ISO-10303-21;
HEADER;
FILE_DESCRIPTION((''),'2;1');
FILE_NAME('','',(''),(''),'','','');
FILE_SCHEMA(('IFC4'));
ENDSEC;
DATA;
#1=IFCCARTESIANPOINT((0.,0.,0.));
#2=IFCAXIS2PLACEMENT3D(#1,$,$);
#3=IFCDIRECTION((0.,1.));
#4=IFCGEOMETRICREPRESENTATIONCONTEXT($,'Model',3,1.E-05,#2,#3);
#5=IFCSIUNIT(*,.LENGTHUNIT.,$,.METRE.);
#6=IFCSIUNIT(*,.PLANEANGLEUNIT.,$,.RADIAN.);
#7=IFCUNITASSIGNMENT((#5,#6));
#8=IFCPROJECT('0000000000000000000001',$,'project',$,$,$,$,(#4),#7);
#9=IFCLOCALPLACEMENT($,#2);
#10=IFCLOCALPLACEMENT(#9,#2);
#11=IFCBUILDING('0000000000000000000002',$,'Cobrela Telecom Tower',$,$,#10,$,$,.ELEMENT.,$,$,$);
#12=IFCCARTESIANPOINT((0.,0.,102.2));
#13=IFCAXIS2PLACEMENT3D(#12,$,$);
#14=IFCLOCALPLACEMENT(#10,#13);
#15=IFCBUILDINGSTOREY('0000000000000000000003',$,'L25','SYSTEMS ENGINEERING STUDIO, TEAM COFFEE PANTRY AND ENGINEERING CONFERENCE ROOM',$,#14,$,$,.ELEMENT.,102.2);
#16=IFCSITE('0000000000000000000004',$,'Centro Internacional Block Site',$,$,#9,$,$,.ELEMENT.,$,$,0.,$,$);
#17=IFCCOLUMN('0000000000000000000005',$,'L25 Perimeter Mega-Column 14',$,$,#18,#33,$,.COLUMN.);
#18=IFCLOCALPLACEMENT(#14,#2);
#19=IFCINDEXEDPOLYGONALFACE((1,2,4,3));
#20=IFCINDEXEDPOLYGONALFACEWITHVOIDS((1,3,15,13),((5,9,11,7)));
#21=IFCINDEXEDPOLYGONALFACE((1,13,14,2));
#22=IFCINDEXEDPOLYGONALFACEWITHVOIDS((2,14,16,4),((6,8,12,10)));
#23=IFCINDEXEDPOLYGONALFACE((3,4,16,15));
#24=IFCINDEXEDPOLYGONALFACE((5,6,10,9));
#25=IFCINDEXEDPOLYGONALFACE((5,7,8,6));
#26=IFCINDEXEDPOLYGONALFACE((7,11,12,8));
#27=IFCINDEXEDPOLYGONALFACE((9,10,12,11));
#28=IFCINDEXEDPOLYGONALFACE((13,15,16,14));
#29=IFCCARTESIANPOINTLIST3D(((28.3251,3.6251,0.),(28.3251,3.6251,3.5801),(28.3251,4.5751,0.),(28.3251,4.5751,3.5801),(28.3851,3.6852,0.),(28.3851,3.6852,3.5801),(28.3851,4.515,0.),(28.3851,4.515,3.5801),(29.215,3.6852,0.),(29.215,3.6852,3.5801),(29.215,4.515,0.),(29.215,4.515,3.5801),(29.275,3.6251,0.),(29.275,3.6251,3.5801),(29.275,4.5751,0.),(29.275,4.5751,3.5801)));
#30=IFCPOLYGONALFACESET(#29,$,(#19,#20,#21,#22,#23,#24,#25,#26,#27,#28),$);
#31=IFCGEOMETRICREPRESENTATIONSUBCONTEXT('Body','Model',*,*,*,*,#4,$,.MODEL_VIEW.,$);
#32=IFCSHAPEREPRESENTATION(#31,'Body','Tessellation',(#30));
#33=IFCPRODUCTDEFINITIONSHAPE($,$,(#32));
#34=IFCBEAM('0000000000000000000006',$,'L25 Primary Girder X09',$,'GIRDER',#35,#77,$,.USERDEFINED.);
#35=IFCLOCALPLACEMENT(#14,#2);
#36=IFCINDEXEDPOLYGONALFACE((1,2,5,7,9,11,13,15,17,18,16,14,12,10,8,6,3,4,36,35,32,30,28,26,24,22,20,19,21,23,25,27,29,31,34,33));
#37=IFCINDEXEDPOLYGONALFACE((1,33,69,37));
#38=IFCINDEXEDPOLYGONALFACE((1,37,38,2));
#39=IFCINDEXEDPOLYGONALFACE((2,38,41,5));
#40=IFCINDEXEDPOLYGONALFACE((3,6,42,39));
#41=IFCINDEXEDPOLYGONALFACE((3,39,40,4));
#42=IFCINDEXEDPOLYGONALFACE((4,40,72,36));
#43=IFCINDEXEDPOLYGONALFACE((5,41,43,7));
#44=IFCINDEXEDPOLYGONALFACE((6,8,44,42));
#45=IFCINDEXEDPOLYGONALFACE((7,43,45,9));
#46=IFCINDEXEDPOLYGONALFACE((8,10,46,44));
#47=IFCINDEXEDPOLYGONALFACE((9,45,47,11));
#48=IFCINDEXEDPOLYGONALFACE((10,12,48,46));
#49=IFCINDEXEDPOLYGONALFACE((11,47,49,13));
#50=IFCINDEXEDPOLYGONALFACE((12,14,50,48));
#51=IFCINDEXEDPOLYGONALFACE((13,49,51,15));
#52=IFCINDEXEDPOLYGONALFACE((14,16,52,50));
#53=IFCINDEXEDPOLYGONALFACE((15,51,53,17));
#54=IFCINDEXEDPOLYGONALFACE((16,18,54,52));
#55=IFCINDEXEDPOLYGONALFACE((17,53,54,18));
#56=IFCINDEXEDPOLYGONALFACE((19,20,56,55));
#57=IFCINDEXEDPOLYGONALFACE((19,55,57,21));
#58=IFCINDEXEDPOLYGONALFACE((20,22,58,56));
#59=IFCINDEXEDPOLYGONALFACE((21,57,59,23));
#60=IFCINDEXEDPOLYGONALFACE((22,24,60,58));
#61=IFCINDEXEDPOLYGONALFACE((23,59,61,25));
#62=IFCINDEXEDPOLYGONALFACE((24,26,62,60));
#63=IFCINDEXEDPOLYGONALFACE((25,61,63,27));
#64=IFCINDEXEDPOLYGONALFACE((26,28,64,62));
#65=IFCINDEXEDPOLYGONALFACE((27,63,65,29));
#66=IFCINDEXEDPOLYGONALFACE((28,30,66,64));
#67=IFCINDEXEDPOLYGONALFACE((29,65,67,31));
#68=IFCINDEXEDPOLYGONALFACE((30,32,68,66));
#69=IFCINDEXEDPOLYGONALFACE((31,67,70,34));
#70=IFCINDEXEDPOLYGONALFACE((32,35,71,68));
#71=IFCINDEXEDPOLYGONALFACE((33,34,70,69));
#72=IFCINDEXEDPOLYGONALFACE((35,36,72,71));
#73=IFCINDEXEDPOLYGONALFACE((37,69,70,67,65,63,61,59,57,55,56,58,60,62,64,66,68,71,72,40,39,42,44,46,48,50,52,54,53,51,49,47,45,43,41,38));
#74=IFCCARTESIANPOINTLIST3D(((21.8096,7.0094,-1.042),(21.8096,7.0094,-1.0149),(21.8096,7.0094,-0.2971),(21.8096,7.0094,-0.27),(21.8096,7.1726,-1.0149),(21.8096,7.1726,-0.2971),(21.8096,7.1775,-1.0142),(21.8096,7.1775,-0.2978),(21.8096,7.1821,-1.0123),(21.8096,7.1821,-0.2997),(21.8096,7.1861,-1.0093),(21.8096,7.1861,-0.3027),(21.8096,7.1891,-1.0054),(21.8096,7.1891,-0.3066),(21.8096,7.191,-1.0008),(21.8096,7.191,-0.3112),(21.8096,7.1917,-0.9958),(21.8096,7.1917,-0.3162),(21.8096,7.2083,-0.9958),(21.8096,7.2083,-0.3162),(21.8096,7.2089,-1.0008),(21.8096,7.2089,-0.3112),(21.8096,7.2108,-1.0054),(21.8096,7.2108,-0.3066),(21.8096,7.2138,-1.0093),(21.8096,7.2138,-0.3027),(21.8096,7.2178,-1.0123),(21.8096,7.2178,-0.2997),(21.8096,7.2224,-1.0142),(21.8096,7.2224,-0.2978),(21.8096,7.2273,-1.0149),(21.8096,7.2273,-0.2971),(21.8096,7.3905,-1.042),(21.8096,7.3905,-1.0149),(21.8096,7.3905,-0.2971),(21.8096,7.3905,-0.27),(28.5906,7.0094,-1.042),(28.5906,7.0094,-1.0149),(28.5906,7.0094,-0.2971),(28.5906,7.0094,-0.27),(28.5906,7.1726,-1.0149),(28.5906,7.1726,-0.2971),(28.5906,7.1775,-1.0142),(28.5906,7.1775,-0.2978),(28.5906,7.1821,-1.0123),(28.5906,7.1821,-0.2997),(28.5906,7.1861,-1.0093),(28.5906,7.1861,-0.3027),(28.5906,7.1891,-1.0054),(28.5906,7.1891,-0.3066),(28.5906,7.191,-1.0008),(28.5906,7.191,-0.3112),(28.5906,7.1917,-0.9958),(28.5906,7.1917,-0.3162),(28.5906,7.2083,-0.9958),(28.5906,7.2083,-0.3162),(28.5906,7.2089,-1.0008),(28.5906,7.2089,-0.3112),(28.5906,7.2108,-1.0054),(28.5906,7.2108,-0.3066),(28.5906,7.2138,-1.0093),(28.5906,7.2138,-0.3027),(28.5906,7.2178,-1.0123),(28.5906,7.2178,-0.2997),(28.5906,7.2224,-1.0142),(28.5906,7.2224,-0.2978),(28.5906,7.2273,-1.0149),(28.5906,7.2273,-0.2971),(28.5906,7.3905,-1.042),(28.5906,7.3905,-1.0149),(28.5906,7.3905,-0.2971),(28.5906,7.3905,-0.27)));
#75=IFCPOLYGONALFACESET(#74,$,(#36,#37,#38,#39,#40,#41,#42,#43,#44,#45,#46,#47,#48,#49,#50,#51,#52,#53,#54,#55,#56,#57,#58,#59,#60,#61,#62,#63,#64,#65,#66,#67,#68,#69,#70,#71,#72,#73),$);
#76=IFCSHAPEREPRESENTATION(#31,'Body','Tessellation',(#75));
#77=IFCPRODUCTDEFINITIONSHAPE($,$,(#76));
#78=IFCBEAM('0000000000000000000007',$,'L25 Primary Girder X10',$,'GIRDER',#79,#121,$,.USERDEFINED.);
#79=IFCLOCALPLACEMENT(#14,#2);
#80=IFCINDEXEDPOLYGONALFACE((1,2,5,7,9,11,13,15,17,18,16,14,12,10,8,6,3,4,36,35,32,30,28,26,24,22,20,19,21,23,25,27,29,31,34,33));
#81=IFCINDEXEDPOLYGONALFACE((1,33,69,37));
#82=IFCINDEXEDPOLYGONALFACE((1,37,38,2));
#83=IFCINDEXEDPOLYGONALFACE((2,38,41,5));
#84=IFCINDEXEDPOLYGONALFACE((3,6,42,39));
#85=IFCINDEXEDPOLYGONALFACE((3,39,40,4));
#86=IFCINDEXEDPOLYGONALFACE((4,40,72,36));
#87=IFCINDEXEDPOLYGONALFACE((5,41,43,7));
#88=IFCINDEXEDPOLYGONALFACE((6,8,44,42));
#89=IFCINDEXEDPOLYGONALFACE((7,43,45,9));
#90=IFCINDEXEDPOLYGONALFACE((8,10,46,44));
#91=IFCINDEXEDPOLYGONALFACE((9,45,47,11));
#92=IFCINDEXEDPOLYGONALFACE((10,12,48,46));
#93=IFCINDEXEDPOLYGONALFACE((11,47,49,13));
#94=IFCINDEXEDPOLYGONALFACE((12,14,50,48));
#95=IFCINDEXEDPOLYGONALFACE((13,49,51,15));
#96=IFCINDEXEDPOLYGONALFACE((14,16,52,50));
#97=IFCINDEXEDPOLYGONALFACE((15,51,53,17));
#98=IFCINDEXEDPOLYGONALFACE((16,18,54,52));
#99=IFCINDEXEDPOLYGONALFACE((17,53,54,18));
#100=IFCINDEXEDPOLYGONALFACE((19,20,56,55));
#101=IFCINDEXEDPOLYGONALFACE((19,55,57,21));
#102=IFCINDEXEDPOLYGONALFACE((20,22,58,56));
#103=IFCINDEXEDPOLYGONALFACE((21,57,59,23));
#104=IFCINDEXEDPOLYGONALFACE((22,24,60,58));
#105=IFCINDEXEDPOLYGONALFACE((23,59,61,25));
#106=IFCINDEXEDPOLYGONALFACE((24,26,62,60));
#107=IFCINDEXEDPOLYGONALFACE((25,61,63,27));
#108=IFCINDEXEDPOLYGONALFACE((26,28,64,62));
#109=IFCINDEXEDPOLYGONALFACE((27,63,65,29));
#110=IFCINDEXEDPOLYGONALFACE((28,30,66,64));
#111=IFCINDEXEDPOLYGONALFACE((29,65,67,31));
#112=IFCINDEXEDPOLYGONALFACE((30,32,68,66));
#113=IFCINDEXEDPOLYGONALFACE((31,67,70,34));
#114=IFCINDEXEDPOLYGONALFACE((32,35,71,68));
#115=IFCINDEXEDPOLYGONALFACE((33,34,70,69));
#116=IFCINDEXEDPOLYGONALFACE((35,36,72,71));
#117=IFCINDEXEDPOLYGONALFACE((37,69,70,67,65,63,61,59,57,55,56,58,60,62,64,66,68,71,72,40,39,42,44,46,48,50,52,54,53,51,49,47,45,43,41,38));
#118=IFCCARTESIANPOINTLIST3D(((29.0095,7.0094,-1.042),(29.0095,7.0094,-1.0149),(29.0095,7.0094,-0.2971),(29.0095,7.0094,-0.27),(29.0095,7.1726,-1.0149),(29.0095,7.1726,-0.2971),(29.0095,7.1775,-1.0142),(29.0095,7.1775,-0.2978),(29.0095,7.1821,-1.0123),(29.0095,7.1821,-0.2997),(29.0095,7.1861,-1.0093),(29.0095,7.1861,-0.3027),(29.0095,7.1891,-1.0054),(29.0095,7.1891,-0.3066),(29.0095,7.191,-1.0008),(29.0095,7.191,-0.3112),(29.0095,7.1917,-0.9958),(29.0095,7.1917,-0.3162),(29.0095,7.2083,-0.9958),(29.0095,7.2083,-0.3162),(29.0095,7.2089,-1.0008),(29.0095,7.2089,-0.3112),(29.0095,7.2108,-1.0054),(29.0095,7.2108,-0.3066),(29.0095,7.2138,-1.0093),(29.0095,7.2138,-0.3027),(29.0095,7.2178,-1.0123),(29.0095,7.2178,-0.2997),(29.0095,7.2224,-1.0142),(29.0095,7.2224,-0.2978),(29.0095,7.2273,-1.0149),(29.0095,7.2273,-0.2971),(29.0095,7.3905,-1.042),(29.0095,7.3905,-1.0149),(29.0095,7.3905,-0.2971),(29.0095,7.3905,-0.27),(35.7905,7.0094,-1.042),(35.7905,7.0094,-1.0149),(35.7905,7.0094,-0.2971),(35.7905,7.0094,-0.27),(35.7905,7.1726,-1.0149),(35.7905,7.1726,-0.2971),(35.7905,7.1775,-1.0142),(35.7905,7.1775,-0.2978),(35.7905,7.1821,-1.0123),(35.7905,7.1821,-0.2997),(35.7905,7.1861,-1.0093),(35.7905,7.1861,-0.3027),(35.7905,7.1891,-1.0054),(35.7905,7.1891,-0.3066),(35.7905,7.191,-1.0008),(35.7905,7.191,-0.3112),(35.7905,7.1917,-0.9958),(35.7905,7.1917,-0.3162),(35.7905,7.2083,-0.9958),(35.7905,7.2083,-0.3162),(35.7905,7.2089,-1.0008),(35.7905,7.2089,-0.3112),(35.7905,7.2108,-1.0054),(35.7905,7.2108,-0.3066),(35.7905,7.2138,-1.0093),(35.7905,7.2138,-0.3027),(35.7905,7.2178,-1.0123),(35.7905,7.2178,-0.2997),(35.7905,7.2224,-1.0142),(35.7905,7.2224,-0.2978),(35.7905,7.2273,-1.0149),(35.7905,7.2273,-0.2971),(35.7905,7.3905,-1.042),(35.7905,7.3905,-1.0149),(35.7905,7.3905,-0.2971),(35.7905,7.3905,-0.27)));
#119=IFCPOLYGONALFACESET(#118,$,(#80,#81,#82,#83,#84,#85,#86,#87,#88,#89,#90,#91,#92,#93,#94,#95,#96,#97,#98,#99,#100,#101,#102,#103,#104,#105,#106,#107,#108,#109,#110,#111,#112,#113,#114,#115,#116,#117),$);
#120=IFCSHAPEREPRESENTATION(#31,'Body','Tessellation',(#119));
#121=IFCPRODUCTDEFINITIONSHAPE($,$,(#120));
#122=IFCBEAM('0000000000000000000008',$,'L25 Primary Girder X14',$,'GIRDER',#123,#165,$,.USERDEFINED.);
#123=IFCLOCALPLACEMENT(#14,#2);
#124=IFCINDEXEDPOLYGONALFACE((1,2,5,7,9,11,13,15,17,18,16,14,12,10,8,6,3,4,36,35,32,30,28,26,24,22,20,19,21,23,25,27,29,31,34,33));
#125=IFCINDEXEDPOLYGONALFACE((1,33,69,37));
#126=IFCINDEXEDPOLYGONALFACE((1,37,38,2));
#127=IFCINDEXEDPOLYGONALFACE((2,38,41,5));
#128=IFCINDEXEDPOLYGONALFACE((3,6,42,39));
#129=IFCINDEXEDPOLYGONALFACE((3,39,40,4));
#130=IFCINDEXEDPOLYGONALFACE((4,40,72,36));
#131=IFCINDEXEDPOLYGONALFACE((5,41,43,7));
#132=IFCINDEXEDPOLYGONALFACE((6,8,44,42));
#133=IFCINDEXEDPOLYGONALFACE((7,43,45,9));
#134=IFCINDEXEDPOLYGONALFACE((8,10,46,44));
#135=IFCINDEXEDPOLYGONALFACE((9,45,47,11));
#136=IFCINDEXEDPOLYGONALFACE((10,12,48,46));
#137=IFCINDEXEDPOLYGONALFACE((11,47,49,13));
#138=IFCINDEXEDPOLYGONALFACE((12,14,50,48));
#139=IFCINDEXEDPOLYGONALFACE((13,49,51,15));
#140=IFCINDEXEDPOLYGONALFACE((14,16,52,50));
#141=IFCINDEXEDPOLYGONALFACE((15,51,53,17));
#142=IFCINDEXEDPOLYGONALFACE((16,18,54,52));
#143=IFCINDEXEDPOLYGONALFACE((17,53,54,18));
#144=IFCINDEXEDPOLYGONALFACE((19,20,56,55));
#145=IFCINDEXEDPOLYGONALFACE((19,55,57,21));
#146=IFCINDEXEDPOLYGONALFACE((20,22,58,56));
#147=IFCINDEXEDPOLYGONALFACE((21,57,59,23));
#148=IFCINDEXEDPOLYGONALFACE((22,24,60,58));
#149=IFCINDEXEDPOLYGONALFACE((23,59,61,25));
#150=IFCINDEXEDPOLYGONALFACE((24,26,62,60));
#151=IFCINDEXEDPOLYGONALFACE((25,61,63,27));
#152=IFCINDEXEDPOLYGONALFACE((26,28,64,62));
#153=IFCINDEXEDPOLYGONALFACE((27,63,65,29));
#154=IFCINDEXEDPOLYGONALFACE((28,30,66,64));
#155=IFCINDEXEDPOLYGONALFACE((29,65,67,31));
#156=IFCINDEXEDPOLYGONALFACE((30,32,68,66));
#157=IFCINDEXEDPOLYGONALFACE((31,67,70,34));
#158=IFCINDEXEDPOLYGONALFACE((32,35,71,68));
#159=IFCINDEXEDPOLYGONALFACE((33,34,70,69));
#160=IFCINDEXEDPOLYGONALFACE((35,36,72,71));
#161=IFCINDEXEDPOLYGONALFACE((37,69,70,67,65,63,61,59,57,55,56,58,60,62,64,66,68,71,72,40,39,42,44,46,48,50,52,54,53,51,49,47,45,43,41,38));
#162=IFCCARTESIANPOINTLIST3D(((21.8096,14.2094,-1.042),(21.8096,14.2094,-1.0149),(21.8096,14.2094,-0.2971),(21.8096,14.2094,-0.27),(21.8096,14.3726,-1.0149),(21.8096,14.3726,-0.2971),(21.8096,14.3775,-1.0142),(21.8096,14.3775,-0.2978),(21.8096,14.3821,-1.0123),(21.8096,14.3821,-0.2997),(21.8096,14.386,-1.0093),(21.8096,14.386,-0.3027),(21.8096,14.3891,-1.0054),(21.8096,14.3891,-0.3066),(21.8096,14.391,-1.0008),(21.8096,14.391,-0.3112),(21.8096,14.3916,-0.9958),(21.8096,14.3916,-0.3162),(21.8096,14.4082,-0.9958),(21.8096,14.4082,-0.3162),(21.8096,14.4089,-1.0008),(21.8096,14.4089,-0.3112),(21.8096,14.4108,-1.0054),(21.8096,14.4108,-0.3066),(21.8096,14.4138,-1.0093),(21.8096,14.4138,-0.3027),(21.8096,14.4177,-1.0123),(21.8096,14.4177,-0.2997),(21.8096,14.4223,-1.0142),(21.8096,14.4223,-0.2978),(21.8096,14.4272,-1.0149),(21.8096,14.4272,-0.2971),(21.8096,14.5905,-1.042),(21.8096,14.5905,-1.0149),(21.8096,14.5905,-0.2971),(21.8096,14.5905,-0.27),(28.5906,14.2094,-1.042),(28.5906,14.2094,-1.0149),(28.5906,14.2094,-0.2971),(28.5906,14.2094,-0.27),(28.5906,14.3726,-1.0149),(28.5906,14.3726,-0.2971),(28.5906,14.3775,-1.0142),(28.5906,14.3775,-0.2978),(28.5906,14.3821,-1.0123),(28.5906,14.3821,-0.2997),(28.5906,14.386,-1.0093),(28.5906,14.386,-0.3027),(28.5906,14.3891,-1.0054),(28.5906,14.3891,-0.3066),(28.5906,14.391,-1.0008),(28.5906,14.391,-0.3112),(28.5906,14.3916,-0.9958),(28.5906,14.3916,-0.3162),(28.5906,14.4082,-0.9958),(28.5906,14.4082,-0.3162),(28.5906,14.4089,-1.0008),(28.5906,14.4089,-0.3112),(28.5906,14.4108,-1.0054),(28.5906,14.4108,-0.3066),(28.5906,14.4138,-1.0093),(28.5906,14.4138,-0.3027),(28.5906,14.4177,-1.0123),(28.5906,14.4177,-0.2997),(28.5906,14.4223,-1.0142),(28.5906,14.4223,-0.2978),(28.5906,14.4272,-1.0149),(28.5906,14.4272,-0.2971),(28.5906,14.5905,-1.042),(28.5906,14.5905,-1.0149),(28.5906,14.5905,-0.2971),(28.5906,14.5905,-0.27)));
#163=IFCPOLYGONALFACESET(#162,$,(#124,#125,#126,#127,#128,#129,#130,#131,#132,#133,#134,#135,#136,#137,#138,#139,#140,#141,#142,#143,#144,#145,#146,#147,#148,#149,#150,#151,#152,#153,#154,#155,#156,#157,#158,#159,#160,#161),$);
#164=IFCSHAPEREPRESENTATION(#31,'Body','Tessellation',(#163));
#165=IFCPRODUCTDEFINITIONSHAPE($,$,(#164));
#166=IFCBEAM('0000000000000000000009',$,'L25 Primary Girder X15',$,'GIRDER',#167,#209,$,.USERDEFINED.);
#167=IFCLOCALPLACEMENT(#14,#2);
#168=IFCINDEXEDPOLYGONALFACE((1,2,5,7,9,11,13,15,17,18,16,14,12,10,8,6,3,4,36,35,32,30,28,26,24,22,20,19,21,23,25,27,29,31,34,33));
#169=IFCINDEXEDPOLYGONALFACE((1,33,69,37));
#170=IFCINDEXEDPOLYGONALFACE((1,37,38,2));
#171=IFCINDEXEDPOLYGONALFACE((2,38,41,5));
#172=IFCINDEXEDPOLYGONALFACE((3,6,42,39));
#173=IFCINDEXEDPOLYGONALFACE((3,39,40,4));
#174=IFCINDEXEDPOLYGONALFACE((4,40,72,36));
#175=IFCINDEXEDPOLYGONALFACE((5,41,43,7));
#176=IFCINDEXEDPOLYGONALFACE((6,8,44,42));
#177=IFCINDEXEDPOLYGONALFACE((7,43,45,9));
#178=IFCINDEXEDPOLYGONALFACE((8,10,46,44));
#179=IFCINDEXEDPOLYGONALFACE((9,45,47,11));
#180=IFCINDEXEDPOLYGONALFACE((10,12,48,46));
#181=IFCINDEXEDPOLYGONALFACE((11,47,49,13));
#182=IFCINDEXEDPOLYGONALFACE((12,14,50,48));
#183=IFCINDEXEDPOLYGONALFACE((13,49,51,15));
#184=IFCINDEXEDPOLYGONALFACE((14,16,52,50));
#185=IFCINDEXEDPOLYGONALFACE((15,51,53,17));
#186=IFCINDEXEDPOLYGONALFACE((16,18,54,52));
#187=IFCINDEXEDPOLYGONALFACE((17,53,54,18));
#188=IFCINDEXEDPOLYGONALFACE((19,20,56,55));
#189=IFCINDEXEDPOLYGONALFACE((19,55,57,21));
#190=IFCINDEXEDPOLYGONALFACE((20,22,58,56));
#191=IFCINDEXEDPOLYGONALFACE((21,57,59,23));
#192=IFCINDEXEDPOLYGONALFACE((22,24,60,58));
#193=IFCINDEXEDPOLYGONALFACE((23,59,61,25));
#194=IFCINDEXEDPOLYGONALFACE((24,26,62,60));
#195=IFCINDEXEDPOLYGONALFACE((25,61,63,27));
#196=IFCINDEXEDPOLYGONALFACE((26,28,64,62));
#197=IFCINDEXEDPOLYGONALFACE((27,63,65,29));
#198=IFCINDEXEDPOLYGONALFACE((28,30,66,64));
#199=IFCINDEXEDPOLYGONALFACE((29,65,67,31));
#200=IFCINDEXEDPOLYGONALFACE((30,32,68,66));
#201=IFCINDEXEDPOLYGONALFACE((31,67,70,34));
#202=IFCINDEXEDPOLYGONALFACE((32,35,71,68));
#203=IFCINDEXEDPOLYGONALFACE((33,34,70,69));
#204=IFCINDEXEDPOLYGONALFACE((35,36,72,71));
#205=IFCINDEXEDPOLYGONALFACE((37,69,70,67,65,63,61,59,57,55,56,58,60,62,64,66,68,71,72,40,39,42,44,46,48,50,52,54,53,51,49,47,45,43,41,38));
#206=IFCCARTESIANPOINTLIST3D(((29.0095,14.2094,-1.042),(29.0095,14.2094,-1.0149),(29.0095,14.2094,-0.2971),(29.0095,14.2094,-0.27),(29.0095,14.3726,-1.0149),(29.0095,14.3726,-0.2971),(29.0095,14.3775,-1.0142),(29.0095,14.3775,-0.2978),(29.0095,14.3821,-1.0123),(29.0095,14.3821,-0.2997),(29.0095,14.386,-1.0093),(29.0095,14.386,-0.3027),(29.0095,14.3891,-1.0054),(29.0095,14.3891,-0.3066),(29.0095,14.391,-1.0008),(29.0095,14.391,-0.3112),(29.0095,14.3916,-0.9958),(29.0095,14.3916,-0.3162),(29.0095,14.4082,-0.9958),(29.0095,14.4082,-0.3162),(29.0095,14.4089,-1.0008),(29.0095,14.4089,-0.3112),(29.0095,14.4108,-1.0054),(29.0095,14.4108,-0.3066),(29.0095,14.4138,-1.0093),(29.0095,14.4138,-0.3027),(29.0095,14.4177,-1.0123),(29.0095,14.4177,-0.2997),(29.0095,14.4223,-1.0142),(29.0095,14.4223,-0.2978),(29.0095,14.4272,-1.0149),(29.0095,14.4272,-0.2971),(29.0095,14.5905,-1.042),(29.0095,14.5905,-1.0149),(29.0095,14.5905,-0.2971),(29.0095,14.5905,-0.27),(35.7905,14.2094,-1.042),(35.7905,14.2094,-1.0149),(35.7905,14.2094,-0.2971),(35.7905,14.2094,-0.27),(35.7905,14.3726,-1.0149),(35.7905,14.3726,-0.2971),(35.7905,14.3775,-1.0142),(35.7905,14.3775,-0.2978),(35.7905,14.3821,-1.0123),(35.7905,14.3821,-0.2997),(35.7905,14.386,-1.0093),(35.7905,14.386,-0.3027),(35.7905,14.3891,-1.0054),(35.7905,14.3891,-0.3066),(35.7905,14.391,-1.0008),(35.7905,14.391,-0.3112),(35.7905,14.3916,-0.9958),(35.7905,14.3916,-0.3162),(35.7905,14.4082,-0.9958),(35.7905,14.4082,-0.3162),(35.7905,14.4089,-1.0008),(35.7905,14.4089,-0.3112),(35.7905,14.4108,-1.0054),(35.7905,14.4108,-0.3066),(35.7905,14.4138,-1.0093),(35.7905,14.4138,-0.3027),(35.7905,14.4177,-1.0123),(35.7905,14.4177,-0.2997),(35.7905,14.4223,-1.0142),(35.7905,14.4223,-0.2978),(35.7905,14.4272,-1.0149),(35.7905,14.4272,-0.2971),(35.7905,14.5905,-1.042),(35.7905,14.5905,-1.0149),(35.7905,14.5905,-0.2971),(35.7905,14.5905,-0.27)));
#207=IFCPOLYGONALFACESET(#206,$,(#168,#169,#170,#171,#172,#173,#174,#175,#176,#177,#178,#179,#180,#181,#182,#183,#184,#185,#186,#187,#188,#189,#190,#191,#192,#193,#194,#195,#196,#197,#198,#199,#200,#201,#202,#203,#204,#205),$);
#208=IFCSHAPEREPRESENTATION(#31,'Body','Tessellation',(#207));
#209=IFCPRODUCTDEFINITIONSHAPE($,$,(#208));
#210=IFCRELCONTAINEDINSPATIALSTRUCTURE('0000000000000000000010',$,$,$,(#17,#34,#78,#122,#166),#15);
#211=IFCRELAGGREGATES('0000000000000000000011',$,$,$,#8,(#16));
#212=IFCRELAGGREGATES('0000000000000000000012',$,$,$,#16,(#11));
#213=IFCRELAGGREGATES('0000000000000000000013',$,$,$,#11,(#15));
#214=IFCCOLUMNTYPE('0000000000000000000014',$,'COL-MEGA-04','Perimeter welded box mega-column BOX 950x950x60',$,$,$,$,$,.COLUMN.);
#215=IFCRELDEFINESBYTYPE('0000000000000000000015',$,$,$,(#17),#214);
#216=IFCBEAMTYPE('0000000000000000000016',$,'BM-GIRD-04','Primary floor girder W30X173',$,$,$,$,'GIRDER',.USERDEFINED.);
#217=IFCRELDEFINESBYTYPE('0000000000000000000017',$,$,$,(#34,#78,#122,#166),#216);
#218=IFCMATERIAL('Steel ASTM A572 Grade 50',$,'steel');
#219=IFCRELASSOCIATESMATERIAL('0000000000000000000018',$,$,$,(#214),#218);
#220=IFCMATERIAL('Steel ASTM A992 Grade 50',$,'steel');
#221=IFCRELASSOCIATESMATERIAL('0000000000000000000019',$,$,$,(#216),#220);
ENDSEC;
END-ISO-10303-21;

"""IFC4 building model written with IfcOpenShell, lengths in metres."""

from ifc_helpers import new_model, si_unit, direction, frame, origin, origin_2d, place, context, subcontext, project, spatial, hollow_rectangle, i_section, extrude, material, material_profile, profile_set, type_object, element, save


model = new_model("IFC4")

# Units and contexts
model_context = context("Model", 3, precision=1e-05, world=origin(), true_north=direction((0.0, 1.0)))
body_context = subcontext(model_context, "Body", "Model", "MODEL_VIEW")
ifc_project = project(units=[si_unit("LENGTHUNIT", "METRE"), si_unit("PLANEANGLEUNIT", "RADIAN")], contexts=[model_context])

# Site, building, storey
site_placement = place(None, origin())
site = spatial("IfcSite", under=ifc_project, at=site_placement, Name="Centro Internacional Block Site", CompositionType="ELEMENT", RefElevation=0.0)
building_placement = place(site_placement, origin())
building = spatial("IfcBuilding", under=site, at=building_placement, Name="Cobrela Telecom Tower", CompositionType="ELEMENT")
storey_placement = place(building_placement, frame((0.0, 0.0, 102.2)))
storey = spatial("IfcBuildingStorey", under=building, at=storey_placement, Name="L25", Description="SYSTEMS ENGINEERING STUDIO, TEAM COFFEE PANTRY AND ENGINEERING CONFERENCE ROOM", CompositionType="ELEMENT", Elevation=102.2)

# Column
ifc_material_1 = material(Name="Steel ASTM A992 Grade 50", Category="steel")
ifc_material_2 = material(Name="Steel ASTM A572 Grade 50", Category="steel")
ifc_material_profile_1 = material_profile(ifc_material_2, hollow_rectangle(XDim=0.95, YDim=0.95, WallThickness=0.0601, at=origin_2d()), Name="BOX 950x950x60")
ifc_profile_set_1 = profile_set([ifc_material_profile_1], Name="Steel ASTM A572 Grade 50")
column_type_1 = type_object("IfcColumnType", Name="COL-MEGA-04", Description="Perimeter welded box mega-column BOX 950x950x60", PredefinedType="COLUMN", material=ifc_profile_set_1)
for number, where, z_axis, x_axis, name in (
    (1, (28.8, 4.1001, 0.0), (0.0, 0.0, 1.0), (1.0, 0.0, 0.0), "L25 Perimeter Mega-Column 14"),
):
    element("IfcColumn", number, at=place(storey_placement, frame(where, z_axis=z_axis, x_axis=x_axis)), inside=storey, type_object=column_type_1, Name=name, PredefinedType="COLUMN", context=body_context, shape_type="SweptSolid", body=[
        extrude(hollow_rectangle(XDim=0.95, YDim=0.95, WallThickness=0.0601, at=origin_2d()), origin(), (0.0, 0.0, 1.0), 3.5801),
    ])

# Beams
ifc_material_profile_2 = material_profile(ifc_material_1, i_section(OverallWidth=0.3811, OverallDepth=0.772, WebThickness=0.0166, FlangeThickness=0.0271, FilletRadius=0.019, at=origin_2d()), Name="W30X173")
ifc_profile_set_2 = profile_set([ifc_material_profile_2], Name="Steel ASTM A992 Grade 50")
beam_type_1 = type_object("IfcBeamType", Name="BM-GIRD-04", Description="Primary floor girder W30X173", ElementType="GIRDER", PredefinedType="USERDEFINED", material=ifc_profile_set_2)
for number, where, z_axis, x_axis, name in (
    (2, (21.8096, 7.2, -0.656), (1.0, 0.0, 0.0), (0.0, 1.0, 0.0), "L25 Primary Girder X09"),
    (3, (29.0095, 7.2, -0.656), (1.0, 0.0, 0.0), (0.0, 1.0, 0.0), "L25 Primary Girder X10"),
    (4, (21.8096, 14.3999, -0.656), (1.0, 0.0, 0.0), (0.0, 1.0, 0.0), "L25 Primary Girder X14"),
    (5, (29.0095, 14.3999, -0.656), (1.0, 0.0, 0.0), (0.0, 1.0, 0.0), "L25 Primary Girder X15"),
):
    element("IfcBeam", number, at=place(storey_placement, frame(where, z_axis=z_axis, x_axis=x_axis)), inside=storey, type_object=beam_type_1, Name=name, ObjectType="GIRDER", PredefinedType="USERDEFINED", context=body_context, shape_type="SweptSolid", body=[
        extrude(i_section(OverallWidth=0.3811, OverallDepth=0.772, WebThickness=0.0166, FlangeThickness=0.0271, FilletRadius=0.019, at=origin_2d()), origin(), (0.0, 0.0, 1.0), 6.781),
    ])

save(model, "model.ifc")
